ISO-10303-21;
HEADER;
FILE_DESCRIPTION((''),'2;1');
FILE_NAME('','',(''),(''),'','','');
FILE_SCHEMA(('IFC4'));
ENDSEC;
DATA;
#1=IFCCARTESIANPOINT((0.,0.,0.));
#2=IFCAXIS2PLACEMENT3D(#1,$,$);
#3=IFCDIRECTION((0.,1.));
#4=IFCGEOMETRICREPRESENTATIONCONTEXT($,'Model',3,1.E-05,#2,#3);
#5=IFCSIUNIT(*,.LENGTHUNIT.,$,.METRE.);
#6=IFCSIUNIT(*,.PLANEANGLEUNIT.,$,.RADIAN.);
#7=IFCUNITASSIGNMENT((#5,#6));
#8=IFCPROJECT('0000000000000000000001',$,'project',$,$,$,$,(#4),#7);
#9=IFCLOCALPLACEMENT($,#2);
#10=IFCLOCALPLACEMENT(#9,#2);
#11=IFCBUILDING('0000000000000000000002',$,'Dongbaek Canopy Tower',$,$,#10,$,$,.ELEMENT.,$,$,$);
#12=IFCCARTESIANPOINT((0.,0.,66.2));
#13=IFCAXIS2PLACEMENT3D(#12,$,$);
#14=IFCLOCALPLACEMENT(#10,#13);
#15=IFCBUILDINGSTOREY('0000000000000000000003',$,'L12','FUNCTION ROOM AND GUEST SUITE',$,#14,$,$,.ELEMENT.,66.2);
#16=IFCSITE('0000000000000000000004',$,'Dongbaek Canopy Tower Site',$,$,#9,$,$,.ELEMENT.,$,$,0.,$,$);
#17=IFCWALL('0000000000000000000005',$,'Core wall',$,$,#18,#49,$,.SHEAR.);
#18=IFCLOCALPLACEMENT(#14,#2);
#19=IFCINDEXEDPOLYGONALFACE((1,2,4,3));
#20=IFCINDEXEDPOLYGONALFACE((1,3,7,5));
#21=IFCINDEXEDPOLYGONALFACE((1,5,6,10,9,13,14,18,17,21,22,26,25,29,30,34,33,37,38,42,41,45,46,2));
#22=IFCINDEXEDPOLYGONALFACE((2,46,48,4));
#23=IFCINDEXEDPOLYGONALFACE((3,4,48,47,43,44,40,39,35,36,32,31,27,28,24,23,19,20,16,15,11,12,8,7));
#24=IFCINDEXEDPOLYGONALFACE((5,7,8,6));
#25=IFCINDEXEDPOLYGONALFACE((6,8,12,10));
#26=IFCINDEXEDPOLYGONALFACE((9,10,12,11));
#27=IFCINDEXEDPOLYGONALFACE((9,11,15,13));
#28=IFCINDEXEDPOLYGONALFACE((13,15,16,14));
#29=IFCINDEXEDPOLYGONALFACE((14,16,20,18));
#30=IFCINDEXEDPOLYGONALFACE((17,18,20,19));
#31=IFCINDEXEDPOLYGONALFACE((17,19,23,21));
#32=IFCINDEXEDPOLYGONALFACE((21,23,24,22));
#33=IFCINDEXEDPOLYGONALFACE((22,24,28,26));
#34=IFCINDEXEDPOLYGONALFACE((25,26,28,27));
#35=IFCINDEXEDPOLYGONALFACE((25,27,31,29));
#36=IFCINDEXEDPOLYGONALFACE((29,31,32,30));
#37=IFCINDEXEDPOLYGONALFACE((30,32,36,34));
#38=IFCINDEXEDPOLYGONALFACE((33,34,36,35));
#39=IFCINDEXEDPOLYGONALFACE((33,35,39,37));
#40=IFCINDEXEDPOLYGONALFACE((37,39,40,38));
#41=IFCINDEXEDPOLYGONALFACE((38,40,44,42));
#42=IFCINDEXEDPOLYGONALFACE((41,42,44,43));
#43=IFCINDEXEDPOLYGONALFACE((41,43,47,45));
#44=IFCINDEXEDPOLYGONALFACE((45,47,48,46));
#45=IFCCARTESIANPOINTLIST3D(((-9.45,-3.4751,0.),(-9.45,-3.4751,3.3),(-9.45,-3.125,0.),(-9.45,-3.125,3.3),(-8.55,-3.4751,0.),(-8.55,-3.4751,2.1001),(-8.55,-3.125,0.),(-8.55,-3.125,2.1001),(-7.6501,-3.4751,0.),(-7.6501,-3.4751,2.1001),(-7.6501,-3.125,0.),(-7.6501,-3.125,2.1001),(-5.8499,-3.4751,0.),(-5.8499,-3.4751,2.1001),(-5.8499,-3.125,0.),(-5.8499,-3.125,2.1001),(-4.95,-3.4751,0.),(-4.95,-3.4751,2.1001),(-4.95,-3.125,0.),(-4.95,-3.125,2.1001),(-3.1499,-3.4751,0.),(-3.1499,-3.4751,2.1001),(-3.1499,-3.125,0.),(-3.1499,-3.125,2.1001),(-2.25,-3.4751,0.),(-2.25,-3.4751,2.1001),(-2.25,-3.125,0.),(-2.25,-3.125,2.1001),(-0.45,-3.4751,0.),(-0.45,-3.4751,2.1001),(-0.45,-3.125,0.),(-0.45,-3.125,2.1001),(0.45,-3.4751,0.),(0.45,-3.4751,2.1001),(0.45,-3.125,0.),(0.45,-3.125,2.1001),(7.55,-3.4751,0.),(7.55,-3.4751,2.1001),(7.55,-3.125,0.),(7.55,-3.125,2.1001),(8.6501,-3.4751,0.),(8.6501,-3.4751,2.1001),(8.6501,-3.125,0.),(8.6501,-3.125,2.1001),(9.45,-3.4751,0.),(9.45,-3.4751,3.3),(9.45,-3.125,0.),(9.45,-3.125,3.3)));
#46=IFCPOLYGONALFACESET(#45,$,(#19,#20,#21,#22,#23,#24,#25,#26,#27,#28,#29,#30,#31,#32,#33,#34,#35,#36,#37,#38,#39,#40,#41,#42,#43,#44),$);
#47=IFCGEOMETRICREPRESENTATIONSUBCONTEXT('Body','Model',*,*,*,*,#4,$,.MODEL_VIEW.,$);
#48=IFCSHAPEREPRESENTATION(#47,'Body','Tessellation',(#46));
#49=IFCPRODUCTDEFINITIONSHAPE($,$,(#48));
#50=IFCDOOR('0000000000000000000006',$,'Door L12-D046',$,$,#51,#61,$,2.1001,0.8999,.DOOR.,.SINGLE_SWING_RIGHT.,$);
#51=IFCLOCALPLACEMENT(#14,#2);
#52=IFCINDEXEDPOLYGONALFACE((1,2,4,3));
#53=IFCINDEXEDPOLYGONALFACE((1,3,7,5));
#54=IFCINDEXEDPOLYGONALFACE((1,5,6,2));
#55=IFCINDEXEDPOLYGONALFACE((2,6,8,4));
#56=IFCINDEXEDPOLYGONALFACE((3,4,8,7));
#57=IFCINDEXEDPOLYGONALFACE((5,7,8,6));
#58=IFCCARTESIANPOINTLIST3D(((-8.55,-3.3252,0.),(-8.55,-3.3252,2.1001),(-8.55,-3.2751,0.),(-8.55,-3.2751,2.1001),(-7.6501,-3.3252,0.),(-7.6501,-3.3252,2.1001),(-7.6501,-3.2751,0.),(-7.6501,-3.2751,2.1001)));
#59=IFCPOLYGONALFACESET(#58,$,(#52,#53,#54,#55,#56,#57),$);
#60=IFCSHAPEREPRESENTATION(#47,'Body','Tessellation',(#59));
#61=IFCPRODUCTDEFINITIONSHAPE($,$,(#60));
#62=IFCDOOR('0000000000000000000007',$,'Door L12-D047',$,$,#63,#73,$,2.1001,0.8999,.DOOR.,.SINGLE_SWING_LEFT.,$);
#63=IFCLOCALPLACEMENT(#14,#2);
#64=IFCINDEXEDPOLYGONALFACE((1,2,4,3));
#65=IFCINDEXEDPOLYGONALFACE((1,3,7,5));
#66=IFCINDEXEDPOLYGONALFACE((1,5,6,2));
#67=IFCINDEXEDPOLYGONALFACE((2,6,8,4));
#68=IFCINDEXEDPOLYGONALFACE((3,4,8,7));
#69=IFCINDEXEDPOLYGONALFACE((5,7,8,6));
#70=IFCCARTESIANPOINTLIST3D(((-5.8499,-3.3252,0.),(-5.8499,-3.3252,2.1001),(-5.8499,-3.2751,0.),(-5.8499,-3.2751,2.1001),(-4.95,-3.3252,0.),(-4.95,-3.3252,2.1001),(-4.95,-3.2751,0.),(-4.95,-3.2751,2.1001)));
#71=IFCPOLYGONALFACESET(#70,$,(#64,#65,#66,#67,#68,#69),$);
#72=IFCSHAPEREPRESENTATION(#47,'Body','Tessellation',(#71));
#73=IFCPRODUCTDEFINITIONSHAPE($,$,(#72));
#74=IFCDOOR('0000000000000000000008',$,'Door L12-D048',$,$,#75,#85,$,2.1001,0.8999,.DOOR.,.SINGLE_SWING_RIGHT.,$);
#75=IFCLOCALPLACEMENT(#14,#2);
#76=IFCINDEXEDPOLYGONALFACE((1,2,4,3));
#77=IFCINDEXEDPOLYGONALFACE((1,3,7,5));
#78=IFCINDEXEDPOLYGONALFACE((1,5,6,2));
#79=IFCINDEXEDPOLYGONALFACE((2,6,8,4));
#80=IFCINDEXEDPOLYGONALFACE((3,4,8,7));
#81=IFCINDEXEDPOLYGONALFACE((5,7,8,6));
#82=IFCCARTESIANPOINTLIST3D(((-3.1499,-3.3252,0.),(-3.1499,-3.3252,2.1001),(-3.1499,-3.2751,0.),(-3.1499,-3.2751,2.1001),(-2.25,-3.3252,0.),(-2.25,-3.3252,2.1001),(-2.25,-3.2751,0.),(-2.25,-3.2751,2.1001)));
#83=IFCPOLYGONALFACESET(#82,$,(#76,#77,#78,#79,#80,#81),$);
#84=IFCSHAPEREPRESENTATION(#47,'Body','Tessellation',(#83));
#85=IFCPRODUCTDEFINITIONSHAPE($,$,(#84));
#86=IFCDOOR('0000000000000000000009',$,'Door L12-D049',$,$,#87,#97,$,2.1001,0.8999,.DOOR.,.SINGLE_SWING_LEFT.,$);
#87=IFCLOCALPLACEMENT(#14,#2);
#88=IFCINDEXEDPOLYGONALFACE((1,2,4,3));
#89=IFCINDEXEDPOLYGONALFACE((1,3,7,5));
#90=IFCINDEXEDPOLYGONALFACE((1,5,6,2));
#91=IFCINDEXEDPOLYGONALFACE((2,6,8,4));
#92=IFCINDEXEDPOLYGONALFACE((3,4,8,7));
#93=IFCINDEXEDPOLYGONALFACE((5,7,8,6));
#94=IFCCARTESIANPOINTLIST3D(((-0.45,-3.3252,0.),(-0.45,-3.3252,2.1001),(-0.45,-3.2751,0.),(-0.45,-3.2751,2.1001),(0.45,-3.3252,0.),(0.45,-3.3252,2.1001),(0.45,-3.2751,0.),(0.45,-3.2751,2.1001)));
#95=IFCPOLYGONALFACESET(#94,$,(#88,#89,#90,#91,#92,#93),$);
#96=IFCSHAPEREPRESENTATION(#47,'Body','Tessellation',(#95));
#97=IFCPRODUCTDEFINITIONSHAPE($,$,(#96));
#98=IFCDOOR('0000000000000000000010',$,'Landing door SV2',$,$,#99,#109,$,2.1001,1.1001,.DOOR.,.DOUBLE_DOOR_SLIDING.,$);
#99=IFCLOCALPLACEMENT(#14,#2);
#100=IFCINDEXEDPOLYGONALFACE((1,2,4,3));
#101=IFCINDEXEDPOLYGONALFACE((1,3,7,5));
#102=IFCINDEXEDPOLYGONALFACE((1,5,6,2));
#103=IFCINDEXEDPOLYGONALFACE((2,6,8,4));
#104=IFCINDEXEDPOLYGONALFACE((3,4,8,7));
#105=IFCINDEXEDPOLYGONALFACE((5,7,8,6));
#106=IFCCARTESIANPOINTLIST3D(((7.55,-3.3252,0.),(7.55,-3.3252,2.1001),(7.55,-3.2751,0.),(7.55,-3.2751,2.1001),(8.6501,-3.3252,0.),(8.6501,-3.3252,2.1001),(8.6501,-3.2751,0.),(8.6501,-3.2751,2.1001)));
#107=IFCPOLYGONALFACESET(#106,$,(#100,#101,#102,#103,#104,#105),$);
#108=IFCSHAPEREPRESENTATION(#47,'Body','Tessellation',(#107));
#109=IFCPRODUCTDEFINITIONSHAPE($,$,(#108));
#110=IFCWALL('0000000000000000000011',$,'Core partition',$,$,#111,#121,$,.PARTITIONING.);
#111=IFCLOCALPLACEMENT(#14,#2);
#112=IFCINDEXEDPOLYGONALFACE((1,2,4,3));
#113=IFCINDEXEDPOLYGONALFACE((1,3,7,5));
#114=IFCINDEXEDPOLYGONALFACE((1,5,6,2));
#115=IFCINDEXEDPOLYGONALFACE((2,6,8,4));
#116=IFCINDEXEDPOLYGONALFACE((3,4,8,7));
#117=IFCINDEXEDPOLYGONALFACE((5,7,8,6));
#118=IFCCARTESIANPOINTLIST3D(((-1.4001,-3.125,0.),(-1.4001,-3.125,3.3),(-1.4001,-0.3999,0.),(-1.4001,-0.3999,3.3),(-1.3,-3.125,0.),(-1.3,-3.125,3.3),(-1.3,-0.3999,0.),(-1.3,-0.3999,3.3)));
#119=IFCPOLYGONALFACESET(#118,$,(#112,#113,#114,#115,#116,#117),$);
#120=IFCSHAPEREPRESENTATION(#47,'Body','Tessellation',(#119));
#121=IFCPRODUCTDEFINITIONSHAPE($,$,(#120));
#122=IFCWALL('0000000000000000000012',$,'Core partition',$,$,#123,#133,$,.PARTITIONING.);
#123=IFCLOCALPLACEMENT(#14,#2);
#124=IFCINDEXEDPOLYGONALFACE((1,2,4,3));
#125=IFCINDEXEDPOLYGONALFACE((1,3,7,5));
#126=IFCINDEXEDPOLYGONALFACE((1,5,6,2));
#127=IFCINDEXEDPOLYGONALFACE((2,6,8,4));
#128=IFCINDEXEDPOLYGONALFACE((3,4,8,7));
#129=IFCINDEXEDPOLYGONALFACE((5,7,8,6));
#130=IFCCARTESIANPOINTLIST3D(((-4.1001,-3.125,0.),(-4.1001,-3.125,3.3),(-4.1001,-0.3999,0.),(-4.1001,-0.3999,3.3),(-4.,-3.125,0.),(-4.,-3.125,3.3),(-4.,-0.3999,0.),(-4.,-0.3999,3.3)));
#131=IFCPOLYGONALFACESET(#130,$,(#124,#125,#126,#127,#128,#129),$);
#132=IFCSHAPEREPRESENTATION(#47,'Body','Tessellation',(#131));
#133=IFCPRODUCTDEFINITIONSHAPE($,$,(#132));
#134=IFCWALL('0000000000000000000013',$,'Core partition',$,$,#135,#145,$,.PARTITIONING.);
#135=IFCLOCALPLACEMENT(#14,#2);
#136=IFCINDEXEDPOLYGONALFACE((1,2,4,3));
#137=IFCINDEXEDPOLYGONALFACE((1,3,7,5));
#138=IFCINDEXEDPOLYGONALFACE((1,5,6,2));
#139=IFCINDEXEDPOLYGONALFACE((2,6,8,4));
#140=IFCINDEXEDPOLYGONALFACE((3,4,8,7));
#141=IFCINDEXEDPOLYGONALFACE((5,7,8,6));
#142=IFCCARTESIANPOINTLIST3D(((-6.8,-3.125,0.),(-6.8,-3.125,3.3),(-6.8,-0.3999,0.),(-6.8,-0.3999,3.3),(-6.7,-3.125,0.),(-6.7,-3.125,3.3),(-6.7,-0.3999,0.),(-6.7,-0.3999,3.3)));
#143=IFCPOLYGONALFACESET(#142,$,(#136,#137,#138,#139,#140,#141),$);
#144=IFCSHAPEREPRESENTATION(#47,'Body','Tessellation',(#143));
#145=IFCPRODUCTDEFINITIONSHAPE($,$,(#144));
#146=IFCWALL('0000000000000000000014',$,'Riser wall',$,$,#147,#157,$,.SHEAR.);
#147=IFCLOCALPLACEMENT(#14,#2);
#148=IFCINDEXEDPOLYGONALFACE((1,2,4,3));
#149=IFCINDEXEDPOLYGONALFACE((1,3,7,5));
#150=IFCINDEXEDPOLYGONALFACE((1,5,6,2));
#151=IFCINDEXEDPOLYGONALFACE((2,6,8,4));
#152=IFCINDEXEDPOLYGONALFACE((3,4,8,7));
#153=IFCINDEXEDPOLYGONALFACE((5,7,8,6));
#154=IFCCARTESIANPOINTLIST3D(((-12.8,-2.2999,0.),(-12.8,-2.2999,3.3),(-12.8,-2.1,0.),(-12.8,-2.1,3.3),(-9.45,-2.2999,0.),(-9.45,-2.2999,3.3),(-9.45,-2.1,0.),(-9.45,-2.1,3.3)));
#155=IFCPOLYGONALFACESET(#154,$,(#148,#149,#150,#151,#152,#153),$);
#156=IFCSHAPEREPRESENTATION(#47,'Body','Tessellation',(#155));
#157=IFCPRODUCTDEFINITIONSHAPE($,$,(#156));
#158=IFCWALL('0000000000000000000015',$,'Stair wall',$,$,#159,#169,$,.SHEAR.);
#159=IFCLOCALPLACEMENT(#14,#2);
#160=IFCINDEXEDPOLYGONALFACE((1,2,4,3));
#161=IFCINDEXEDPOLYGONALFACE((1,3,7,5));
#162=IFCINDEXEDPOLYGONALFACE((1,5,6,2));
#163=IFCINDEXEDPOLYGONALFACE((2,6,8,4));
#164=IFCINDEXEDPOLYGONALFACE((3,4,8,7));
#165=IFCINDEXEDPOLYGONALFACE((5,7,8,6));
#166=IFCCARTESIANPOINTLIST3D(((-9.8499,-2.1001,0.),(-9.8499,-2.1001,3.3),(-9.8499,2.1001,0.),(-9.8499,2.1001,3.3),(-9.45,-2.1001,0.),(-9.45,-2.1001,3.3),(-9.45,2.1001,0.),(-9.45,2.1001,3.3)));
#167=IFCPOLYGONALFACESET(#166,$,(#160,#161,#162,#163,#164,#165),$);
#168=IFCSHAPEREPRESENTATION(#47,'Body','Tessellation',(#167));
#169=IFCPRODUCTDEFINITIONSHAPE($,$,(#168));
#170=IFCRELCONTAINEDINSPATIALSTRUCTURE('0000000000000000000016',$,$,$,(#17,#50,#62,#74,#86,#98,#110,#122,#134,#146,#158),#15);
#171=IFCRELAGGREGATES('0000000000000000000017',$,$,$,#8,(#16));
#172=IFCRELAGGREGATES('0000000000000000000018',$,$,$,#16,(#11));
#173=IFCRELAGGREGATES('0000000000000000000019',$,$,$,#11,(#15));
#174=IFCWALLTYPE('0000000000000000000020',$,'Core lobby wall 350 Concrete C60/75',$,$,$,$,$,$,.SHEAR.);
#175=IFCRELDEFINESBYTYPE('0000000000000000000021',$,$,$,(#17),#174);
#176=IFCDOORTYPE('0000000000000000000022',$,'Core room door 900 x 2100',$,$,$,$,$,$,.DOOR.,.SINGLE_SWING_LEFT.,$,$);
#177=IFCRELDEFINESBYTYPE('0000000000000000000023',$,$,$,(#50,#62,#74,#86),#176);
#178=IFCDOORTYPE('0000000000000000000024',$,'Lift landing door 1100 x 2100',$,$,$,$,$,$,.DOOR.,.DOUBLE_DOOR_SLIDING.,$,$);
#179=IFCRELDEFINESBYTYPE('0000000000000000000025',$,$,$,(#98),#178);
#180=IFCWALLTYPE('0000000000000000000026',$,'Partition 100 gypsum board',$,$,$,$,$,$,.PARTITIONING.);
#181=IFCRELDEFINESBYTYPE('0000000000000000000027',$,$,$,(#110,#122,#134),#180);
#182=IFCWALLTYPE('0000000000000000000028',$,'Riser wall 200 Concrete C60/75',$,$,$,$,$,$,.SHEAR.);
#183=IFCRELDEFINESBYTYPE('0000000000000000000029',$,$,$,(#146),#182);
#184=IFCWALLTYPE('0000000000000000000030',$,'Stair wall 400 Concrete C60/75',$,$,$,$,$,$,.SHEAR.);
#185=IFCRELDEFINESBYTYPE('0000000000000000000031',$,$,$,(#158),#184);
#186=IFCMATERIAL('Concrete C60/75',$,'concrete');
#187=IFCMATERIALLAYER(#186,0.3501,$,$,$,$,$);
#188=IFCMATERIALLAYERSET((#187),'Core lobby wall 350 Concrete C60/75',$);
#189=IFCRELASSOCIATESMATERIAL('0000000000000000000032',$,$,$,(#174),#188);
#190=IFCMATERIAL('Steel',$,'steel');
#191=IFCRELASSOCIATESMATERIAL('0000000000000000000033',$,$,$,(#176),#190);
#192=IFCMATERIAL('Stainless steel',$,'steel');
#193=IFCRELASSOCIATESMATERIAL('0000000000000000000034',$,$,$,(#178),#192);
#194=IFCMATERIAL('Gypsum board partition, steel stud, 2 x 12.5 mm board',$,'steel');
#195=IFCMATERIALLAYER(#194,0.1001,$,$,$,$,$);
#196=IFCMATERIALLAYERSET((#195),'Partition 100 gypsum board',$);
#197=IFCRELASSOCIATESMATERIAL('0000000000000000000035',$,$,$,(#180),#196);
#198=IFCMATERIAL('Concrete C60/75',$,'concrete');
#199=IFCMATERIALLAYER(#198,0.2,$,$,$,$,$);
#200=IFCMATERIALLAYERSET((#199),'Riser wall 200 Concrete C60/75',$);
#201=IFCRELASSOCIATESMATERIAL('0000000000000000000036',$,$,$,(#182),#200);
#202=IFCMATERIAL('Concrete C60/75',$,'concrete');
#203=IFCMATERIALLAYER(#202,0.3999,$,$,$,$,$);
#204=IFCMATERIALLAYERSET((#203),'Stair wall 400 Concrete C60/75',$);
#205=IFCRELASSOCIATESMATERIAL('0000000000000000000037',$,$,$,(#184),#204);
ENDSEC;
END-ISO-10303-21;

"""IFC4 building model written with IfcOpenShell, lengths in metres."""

from ifc_helpers import new_model, si_unit, direction, frame, frame_2d, origin, place, context, subcontext, project, spatial, rectangle, extrude, material, layer, layer_set, type_object, element, fill, save


model = new_model("IFC4")

# Units and contexts
model_context = context("Model", 3, precision=1e-05, world=origin(), true_north=direction((0.0, 1.0)))
body_context = subcontext(model_context, "Body", "Model", "MODEL_VIEW")
ifc_project = project(units=[si_unit("LENGTHUNIT", "METRE"), si_unit("PLANEANGLEUNIT", "RADIAN")], contexts=[model_context])

# Site, building, storey
site_placement = place(None, origin())
site = spatial("IfcSite", under=ifc_project, at=site_placement, Name="Dongbaek Canopy Tower Site", CompositionType="ELEMENT", RefElevation=0.0)
building_placement = place(site_placement, origin())
building = spatial("IfcBuilding", under=site, at=building_placement, Name="Dongbaek Canopy Tower", CompositionType="ELEMENT")
storey_placement = place(building_placement, frame((0.0, 0.0, 66.2)))
storey = spatial("IfcBuildingStorey", under=building, at=storey_placement, Name="L12", Description="FUNCTION ROOM AND GUEST SUITE", CompositionType="ELEMENT", Elevation=66.2)

# Wall, openings, doors
ifc_material_1 = material(Name="Concrete C60/75", Category="concrete")
ifc_layer_1 = layer(ifc_material_1, 0.3501)
ifc_layer_set_1 = layer_set([ifc_layer_1], Name="Core lobby wall 350 Concrete C60/75")
wall_type_1 = type_object("IfcWallType", Name="Core lobby wall 350 Concrete C60/75", PredefinedType="SHEAR", material=ifc_layer_set_1)
wall_1_placement = place(storey_placement, frame((-9.45, -3.3, 0.0), z_axis=(0.0, 0.0, 1.0), x_axis=(1.0, 0.0, 0.0)))
wall_1 = element("IfcWall", 1, at=wall_1_placement, inside=storey, type_object=wall_type_1, Name="Core wall", PredefinedType="SHEAR", context=body_context, shape_type="SweptSolid", body=[
    extrude(rectangle(XDim=18.8999, YDim=0.3501, at=frame_2d((9.45, 0.0))), origin(), (0.0, 0.0, 1.0), 3.3),
])
opening_1_placement = place(wall_1_placement, frame((17.0, 0.0, 0.0)))
opening_1 = element("IfcOpeningElement", 2, at=opening_1_placement, cuts=wall_1, PredefinedType="OPENING", context=body_context, shape_type="SweptSolid", body=[
    extrude(rectangle(XDim=1.1001, YDim=2.1001, at=frame_2d((0.55, 1.05))), frame((0.0, 0.1851, 0.0), z_axis=(0.0, -1.0, 0.0), x_axis=(1.0, 0.0, 0.0)), (0.0, 0.0, 1.0), 0.3701),
])
opening_2_placement = place(wall_1_placement, frame((0.8999, 0.0, 0.0)))
opening_2 = element("IfcOpeningElement", 3, at=opening_2_placement, cuts=wall_1, PredefinedType="OPENING", context=body_context, shape_type="SweptSolid", body=[
    extrude(rectangle(XDim=0.8999, YDim=2.1001, at=frame_2d((0.45, 1.05))), frame((0.0, 0.1851, 0.0), z_axis=(0.0, -1.0, 0.0), x_axis=(1.0, 0.0, 0.0)), (0.0, 0.0, 1.0), 0.3701),
])
opening_3_placement = place(wall_1_placement, frame((3.6001, 0.0, 0.0)))
opening_3 = element("IfcOpeningElement", 4, at=opening_3_placement, cuts=wall_1, PredefinedType="OPENING", context=body_context, shape_type="SweptSolid", body=[
    extrude(rectangle(XDim=0.8999, YDim=2.1001, at=frame_2d((0.45, 1.05))), frame((0.0, 0.1851, 0.0), z_axis=(0.0, -1.0, 0.0), x_axis=(1.0, 0.0, 0.0)), (0.0, 0.0, 1.0), 0.3701),
])
opening_4_placement = place(wall_1_placement, frame((6.3, 0.0, 0.0)))
opening_4 = element("IfcOpeningElement", 5, at=opening_4_placement, cuts=wall_1, PredefinedType="OPENING", context=body_context, shape_type="SweptSolid", body=[
    extrude(rectangle(XDim=0.8999, YDim=2.1001, at=frame_2d((0.45, 1.05))), frame((0.0, 0.1851, 0.0), z_axis=(0.0, -1.0, 0.0), x_axis=(1.0, 0.0, 0.0)), (0.0, 0.0, 1.0), 0.3701),
])
opening_5_placement = place(wall_1_placement, frame((9.0, 0.0, 0.0)))
opening_5 = element("IfcOpeningElement", 6, at=opening_5_placement, cuts=wall_1, PredefinedType="OPENING", context=body_context, shape_type="SweptSolid", body=[
    extrude(rectangle(XDim=0.8999, YDim=2.1001, at=frame_2d((0.45, 1.05))), frame((0.0, 0.1851, 0.0), z_axis=(0.0, -1.0, 0.0), x_axis=(1.0, 0.0, 0.0)), (0.0, 0.0, 1.0), 0.3701),
])
ifc_material_2 = material(Name="Steel", Category="steel")
door_type_1 = type_object("IfcDoorType", Name="Core room door 900 x 2100", OperationType="SINGLE_SWING_LEFT", PredefinedType="DOOR", material=ifc_material_2)
door_1_placement = place(opening_2_placement, origin())
door_1 = element("IfcDoor", 7, at=door_1_placement, inside=storey, type_object=door_type_1, Name="Door L12-D046", OperationType="SINGLE_SWING_RIGHT", OverallHeight=2.1001, OverallWidth=0.8999, PredefinedType="DOOR", context=body_context, shape_type="SweptSolid", body=[
    extrude(rectangle(XDim=0.8999, YDim=2.1001, at=frame_2d((0.45, 1.05))), frame((0.0, 0.0249, 0.0), z_axis=(0.0, -1.0, 0.0), x_axis=(1.0, 0.0, 0.0)), (0.0, 0.0, 1.0), 0.05),
])
fill(opening_2, door_1)
door_2_placement = place(opening_3_placement, origin())
door_2 = element("IfcDoor", 8, at=door_2_placement, inside=storey, type_object=door_type_1, Name="Door L12-D047", OperationType="SINGLE_SWING_LEFT", OverallHeight=2.1001, OverallWidth=0.8999, PredefinedType="DOOR", context=body_context, shape_type="SweptSolid", body=[
    extrude(rectangle(XDim=0.8999, YDim=2.1001, at=frame_2d((0.45, 1.05))), frame((0.0, 0.0249, 0.0), z_axis=(0.0, -1.0, 0.0), x_axis=(1.0, 0.0, 0.0)), (0.0, 0.0, 1.0), 0.05),
])
fill(opening_3, door_2)
door_3_placement = place(opening_4_placement, origin())
door_3 = element("IfcDoor", 9, at=door_3_placement, inside=storey, type_object=door_type_1, Name="Door L12-D048", OperationType="SINGLE_SWING_RIGHT", OverallHeight=2.1001, OverallWidth=0.8999, PredefinedType="DOOR", context=body_context, shape_type="SweptSolid", body=[
    extrude(rectangle(XDim=0.8999, YDim=2.1001, at=frame_2d((0.45, 1.05))), frame((0.0, 0.0249, 0.0), z_axis=(0.0, -1.0, 0.0), x_axis=(1.0, 0.0, 0.0)), (0.0, 0.0, 1.0), 0.05),
])
fill(opening_4, door_3)
door_4_placement = place(opening_5_placement, origin())
door_4 = element("IfcDoor", 10, at=door_4_placement, inside=storey, type_object=door_type_1, Name="Door L12-D049", OperationType="SINGLE_SWING_LEFT", OverallHeight=2.1001, OverallWidth=0.8999, PredefinedType="DOOR", context=body_context, shape_type="SweptSolid", body=[
    extrude(rectangle(XDim=0.8999, YDim=2.1001, at=frame_2d((0.45, 1.05))), frame((0.0, 0.0249, 0.0), z_axis=(0.0, -1.0, 0.0), x_axis=(1.0, 0.0, 0.0)), (0.0, 0.0, 1.0), 0.05),
])
fill(opening_5, door_4)
ifc_material_3 = material(Name="Stainless steel", Category="steel")
door_type_2 = type_object("IfcDoorType", Name="Lift landing door 1100 x 2100", OperationType="DOUBLE_DOOR_SLIDING", PredefinedType="DOOR", material=ifc_material_3)
door_5_placement = place(opening_1_placement, origin())
door_5 = element("IfcDoor", 11, at=door_5_placement, inside=storey, type_object=door_type_2, Name="Landing door SV2", OperationType="DOUBLE_DOOR_SLIDING", OverallHeight=2.1001, OverallWidth=1.1001, PredefinedType="DOOR", context=body_context, shape_type="SweptSolid", body=[
    extrude(rectangle(XDim=1.1001, YDim=2.1001, at=frame_2d((0.55, 1.05))), frame((0.0, 0.0249, 0.0), z_axis=(0.0, -1.0, 0.0), x_axis=(1.0, 0.0, 0.0)), (0.0, 0.0, 1.0), 0.05),
])
fill(opening_1, door_5)

# Walls
ifc_material_4 = material(Name="Gypsum board partition, steel stud, 2 x 12.5 mm board", Category="steel")
ifc_layer_2 = layer(ifc_material_4, 0.1001)
ifc_layer_set_2 = layer_set([ifc_layer_2], Name="Partition 100 gypsum board")
wall_type_2 = type_object("IfcWallType", Name="Partition 100 gypsum board", PredefinedType="PARTITIONING", material=ifc_layer_set_2)
for number, where, z_axis, x_axis, name in (
    (12, (-1.3501, -3.125, 0.0), (0.0, 0.0, 1.0), (0.0, 1.0, 0.0), "Core partition"),
    (13, (-4.05, -3.125, 0.0), (0.0, 0.0, 1.0), (0.0, 1.0, 0.0), "Core partition"),
    (14, (-6.75, -3.125, 0.0), (0.0, 0.0, 1.0), (0.0, 1.0, 0.0), "Core partition"),
):
    element("IfcWall", number, at=place(storey_placement, frame(where, z_axis=z_axis, x_axis=x_axis)), inside=storey, type_object=wall_type_2, Name=name, PredefinedType="PARTITIONING", context=body_context, shape_type="SweptSolid", body=[
        extrude(rectangle(XDim=2.7251, YDim=0.1001, at=frame_2d((1.3625, 0.0))), origin(), (0.0, 0.0, 1.0), 3.3),
    ])
ifc_material_5 = material(Name="Concrete C60/75", Category="concrete")
ifc_layer_3 = layer(ifc_material_5, 0.2)
ifc_layer_set_3 = layer_set([ifc_layer_3], Name="Riser wall 200 Concrete C60/75")
wall_type_3 = type_object("IfcWallType", Name="Riser wall 200 Concrete C60/75", PredefinedType="SHEAR", material=ifc_layer_set_3)
wall_2_placement = place(storey_placement, frame((-9.45, -2.2, 0.0), z_axis=(0.0, 0.0, 1.0), x_axis=(-1.0, 0.0, 0.0)))
element("IfcWall", 15, at=wall_2_placement, inside=storey, type_object=wall_type_3, Name="Riser wall", PredefinedType="SHEAR", context=body_context, shape_type="SweptSolid", body=[
    extrude(rectangle(XDim=3.3501, YDim=0.2, at=frame_2d((1.675, 0.0))), origin(), (0.0, 0.0, 1.0), 3.3),
])
ifc_material_6 = material(Name="Concrete C60/75", Category="concrete")
ifc_layer_4 = layer(ifc_material_6, 0.3999)
ifc_layer_set_4 = layer_set([ifc_layer_4], Name="Stair wall 400 Concrete C60/75")
wall_type_4 = type_object("IfcWallType", Name="Stair wall 400 Concrete C60/75", PredefinedType="SHEAR", material=ifc_layer_set_4)
wall_3_placement = place(storey_placement, frame((-9.6499, -2.1001, 0.0), z_axis=(0.0, 0.0, 1.0), x_axis=(0.0, 1.0, 0.0)))
element("IfcWall", 16, at=wall_3_placement, inside=storey, type_object=wall_type_4, Name="Stair wall", PredefinedType="SHEAR", context=body_context, shape_type="SweptSolid", body=[
    extrude(rectangle(XDim=4.2002, YDim=0.3999, at=frame_2d((2.1001, 0.0))), origin(), (0.0, 0.0, 1.0), 3.3),
])

save(model, "model.ifc")
